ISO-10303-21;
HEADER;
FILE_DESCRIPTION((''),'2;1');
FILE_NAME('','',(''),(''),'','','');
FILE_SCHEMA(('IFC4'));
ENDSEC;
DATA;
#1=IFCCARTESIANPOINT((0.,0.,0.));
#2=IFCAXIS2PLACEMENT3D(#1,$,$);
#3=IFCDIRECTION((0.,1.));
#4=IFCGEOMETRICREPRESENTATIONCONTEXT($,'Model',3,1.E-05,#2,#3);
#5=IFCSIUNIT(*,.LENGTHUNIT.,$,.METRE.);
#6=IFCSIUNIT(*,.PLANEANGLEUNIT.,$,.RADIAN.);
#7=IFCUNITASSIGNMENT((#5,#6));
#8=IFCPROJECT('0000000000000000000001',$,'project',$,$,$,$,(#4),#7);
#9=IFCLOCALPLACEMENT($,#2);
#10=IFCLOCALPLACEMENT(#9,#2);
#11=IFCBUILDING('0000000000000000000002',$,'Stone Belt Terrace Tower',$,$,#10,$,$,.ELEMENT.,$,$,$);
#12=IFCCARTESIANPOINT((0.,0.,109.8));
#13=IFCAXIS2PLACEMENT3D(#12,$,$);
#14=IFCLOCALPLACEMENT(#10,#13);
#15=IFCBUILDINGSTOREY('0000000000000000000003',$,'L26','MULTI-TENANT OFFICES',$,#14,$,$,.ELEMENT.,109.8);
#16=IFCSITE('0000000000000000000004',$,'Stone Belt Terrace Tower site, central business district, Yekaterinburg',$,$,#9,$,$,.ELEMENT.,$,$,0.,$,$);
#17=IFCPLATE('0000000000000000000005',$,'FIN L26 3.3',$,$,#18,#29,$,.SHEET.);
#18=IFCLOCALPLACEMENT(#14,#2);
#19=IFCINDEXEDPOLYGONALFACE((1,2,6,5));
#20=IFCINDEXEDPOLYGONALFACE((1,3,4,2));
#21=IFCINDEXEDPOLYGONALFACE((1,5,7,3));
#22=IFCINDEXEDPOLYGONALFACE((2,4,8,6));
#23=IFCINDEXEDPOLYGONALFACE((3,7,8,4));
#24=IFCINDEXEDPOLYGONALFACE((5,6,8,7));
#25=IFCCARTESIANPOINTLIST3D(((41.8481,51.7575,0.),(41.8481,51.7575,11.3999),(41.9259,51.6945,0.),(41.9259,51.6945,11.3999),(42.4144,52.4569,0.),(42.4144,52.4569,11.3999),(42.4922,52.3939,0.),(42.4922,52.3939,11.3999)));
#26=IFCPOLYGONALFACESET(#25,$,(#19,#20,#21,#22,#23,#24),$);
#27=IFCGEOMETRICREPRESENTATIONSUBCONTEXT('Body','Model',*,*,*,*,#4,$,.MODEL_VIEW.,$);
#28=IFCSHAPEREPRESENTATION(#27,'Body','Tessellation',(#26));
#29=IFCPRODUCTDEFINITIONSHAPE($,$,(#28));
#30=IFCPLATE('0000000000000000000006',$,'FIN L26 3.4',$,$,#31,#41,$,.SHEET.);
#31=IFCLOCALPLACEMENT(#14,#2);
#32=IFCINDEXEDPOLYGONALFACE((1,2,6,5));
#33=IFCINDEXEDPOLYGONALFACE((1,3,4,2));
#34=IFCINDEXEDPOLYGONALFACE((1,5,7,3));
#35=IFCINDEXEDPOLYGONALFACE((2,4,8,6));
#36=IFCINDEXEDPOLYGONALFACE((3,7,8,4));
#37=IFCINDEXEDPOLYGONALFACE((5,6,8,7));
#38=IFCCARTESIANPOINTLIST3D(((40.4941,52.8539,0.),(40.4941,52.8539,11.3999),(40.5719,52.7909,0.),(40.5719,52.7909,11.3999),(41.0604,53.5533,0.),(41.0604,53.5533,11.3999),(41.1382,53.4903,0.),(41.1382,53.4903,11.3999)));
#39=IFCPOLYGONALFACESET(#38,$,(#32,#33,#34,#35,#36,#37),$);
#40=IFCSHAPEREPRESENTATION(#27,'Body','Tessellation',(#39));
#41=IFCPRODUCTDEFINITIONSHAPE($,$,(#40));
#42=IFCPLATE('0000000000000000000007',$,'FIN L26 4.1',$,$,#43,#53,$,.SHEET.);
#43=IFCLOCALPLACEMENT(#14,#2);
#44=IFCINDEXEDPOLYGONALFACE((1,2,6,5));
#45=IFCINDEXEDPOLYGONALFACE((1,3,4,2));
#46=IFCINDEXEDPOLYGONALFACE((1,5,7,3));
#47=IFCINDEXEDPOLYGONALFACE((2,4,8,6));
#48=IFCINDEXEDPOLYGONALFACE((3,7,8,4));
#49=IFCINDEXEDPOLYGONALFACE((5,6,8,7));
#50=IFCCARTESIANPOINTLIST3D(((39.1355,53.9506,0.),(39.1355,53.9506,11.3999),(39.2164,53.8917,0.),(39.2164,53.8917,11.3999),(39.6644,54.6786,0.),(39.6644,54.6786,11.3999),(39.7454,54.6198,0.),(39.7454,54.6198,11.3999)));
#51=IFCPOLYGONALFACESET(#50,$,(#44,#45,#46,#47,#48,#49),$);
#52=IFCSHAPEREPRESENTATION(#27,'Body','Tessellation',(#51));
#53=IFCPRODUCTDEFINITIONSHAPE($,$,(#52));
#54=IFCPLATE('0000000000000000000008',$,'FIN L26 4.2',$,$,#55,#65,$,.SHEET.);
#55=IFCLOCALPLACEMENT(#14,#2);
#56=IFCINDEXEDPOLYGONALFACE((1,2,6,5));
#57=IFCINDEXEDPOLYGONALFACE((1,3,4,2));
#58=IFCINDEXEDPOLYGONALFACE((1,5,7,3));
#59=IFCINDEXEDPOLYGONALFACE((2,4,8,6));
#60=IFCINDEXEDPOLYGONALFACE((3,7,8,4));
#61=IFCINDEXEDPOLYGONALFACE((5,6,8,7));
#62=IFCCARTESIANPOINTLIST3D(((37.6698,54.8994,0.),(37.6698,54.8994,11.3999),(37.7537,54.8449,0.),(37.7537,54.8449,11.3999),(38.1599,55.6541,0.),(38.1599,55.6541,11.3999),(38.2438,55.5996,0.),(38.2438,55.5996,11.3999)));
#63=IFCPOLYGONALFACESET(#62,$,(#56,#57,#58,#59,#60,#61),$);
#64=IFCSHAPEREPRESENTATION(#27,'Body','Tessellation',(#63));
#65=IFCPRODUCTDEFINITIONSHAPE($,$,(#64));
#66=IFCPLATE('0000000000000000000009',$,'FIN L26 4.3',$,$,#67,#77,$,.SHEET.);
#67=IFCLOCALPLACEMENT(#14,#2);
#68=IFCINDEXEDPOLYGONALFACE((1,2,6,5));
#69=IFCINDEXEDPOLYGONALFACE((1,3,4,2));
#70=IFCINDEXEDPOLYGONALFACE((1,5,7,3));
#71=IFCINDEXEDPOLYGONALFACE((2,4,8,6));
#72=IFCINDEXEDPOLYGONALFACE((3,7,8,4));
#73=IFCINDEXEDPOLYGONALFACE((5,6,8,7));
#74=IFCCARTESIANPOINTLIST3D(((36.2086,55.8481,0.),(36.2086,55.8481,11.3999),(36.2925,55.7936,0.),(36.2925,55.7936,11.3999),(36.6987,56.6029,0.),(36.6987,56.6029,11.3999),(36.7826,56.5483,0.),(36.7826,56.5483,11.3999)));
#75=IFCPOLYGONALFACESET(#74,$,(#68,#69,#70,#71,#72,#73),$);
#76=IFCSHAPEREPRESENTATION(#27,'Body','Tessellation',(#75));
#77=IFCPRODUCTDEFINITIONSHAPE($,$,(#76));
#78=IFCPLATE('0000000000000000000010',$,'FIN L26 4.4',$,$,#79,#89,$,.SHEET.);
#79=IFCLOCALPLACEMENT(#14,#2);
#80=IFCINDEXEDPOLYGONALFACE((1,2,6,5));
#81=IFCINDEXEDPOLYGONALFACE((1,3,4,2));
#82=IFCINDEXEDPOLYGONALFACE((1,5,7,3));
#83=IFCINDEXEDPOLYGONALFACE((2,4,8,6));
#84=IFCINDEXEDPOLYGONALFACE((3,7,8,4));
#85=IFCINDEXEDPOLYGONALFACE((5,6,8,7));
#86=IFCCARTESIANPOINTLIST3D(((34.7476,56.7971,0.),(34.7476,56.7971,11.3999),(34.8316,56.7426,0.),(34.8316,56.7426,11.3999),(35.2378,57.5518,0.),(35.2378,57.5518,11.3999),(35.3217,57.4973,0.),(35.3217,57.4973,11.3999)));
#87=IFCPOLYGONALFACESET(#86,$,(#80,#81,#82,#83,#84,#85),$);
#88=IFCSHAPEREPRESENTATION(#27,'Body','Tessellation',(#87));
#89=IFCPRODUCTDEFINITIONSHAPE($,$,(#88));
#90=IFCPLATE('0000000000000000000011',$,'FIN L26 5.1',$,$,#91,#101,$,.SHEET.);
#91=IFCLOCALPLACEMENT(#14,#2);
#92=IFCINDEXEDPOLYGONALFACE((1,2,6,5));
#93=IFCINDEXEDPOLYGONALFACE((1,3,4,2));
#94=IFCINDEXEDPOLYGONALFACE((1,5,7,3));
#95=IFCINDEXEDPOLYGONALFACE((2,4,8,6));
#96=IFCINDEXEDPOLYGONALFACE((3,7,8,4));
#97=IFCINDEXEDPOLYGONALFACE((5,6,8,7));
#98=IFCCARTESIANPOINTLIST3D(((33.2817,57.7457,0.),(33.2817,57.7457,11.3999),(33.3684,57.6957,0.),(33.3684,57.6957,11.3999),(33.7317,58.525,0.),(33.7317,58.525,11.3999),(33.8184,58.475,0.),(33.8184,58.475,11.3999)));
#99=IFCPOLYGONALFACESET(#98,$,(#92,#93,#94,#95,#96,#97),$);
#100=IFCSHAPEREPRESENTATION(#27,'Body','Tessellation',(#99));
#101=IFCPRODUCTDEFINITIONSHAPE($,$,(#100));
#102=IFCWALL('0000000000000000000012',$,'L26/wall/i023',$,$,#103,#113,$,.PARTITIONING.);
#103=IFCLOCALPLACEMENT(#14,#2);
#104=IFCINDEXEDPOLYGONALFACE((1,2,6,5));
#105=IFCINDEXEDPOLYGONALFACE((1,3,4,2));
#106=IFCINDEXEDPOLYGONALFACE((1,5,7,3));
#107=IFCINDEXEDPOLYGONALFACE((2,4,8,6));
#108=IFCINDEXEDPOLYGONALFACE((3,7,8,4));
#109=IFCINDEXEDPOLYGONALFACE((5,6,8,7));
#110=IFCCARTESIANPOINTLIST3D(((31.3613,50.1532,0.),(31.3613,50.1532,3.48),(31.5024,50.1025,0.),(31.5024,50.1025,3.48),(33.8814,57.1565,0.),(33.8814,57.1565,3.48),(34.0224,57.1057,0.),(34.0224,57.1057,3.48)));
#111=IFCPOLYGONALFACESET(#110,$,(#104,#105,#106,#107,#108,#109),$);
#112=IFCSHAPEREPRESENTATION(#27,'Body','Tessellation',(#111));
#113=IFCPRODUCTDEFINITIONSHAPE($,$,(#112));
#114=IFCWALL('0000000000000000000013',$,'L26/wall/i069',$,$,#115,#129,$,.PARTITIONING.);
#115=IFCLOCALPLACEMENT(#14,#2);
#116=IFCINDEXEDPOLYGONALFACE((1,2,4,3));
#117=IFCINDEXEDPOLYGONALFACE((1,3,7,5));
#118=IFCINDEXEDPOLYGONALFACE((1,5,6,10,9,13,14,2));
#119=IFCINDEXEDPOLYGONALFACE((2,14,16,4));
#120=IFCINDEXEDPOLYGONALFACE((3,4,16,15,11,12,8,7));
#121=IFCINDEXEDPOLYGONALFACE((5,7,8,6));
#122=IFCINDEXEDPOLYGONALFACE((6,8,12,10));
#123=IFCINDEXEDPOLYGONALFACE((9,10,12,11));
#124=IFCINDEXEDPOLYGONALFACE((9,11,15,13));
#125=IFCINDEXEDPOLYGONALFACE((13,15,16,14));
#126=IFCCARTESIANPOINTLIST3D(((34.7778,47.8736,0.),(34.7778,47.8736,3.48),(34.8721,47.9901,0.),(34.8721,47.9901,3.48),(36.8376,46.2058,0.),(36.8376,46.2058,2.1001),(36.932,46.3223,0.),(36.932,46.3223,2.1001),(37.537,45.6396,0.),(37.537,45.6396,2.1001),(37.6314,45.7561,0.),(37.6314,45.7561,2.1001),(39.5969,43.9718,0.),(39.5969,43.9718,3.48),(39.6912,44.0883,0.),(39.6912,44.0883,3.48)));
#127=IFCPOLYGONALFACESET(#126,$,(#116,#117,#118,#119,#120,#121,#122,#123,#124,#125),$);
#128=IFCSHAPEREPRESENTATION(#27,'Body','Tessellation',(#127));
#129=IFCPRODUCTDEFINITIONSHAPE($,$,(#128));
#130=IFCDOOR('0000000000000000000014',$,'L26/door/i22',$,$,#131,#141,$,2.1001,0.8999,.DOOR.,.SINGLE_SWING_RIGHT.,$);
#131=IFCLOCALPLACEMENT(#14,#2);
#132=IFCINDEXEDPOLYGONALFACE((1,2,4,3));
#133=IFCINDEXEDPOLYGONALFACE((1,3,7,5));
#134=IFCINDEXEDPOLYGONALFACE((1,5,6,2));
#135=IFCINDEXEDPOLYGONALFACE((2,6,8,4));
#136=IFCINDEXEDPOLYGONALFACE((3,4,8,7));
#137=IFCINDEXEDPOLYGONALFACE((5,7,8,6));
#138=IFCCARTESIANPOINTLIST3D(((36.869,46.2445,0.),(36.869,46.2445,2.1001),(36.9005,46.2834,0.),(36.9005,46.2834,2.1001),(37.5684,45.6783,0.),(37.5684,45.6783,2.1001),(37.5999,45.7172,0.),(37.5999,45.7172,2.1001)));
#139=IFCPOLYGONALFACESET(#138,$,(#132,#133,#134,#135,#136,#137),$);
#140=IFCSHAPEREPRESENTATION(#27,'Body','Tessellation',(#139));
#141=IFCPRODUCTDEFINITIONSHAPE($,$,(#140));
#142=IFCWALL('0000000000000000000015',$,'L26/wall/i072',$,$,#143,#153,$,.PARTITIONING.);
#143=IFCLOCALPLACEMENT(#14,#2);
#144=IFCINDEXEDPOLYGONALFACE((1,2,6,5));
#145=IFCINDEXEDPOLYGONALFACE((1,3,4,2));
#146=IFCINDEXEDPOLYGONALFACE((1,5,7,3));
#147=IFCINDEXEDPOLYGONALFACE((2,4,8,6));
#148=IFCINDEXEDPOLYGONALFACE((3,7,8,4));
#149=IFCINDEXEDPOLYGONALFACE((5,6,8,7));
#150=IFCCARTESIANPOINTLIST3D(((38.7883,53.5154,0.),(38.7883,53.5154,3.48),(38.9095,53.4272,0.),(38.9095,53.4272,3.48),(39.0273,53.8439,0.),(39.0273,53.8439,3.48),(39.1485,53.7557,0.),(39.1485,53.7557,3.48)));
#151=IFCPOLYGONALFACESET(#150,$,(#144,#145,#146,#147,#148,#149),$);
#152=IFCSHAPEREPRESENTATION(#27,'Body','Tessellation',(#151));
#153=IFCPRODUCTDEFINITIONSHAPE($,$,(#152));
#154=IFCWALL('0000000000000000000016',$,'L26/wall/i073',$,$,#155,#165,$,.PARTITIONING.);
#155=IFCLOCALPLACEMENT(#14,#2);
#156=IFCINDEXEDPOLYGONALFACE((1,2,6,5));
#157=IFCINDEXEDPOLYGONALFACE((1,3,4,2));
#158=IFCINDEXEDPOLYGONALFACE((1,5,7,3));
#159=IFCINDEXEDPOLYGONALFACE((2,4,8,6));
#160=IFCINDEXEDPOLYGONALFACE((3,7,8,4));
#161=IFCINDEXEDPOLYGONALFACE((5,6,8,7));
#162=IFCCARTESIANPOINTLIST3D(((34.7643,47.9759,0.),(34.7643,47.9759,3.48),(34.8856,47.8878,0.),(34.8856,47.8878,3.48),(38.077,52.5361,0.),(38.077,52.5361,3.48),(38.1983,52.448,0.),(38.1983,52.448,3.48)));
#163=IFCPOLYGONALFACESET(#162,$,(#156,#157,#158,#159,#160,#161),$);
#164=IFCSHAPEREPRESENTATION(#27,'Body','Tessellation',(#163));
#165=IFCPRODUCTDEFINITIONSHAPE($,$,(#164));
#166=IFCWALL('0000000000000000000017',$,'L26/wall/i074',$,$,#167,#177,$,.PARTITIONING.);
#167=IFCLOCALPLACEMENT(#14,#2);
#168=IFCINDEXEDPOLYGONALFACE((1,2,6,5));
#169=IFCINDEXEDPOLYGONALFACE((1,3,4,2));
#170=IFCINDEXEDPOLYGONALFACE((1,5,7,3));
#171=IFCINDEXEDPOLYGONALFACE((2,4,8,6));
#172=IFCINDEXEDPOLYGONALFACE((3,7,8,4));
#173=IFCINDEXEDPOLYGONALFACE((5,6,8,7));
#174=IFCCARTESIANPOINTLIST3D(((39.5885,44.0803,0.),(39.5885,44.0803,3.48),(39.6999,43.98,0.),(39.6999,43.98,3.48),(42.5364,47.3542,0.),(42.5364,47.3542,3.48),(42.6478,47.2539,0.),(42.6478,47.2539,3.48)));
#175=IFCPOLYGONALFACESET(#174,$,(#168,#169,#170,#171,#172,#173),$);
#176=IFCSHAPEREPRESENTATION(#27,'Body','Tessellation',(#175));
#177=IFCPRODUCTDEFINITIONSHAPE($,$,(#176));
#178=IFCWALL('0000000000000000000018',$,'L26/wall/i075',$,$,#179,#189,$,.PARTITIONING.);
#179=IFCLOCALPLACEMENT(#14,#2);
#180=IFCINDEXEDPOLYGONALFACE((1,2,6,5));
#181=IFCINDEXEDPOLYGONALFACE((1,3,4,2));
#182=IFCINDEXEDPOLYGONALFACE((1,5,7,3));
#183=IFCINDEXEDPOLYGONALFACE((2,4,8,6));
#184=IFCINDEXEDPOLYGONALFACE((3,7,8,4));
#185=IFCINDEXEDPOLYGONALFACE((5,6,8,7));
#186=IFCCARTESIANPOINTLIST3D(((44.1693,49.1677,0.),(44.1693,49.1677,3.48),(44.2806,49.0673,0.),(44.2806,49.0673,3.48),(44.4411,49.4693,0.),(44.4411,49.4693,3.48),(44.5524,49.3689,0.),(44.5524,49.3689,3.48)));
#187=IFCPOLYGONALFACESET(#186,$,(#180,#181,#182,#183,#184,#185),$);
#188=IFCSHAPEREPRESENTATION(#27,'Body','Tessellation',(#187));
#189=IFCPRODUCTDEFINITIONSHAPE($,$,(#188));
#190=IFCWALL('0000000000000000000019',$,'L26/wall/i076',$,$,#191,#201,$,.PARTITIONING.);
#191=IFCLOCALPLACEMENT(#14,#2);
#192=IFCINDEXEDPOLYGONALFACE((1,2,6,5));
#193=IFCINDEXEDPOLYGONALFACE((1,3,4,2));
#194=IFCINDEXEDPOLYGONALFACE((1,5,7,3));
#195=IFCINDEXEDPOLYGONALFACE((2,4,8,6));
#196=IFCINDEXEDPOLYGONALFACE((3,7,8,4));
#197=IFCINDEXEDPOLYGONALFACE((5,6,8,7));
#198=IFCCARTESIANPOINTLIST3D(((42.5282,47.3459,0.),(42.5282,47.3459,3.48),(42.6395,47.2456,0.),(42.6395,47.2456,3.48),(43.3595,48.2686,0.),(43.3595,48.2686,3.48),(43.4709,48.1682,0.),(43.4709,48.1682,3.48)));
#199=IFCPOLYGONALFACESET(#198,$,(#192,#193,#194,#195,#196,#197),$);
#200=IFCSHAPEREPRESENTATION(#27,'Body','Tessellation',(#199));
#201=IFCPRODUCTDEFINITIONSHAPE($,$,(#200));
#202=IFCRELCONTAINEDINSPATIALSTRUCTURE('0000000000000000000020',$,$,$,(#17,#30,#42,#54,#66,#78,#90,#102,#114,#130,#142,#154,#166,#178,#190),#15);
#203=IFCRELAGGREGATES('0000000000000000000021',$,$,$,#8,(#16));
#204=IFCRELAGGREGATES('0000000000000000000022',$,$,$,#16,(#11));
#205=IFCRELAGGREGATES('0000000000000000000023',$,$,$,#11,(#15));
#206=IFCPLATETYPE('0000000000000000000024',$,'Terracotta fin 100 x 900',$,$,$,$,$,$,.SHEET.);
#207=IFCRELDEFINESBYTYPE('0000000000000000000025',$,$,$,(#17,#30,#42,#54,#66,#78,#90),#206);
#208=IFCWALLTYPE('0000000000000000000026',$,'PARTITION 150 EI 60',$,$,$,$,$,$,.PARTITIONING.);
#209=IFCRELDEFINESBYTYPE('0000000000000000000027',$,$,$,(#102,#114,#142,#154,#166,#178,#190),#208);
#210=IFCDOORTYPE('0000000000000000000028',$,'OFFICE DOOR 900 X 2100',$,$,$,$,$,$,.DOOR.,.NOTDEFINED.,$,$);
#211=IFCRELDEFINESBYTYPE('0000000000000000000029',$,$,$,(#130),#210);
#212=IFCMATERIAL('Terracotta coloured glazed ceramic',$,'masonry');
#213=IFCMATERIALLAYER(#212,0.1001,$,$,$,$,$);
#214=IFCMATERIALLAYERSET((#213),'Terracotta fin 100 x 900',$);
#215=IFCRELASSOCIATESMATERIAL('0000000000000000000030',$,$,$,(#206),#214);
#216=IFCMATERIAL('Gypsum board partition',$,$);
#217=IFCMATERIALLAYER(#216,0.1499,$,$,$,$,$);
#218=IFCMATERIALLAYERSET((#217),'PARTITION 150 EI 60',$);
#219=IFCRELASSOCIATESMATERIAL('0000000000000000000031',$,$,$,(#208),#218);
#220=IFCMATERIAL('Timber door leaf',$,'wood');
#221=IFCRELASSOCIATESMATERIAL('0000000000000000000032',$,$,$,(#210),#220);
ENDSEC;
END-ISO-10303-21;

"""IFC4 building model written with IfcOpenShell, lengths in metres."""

from ifc_helpers import new_model, si_unit, direction, frame, frame_2d, origin, origin_2d, place, context, subcontext, project, spatial, rectangle, extrude, material, layer, layer_set, type_object, element, fill, save


model = new_model("IFC4")

# Units and contexts
model_context = context("Model", 3, precision=1e-05, world=origin(), true_north=direction((0.0, 1.0)))
body_context = subcontext(model_context, "Body", "Model", "MODEL_VIEW")
ifc_project = project(units=[si_unit("LENGTHUNIT", "METRE"), si_unit("PLANEANGLEUNIT", "RADIAN")], contexts=[model_context])

# Site, building, storey
site_placement = place(None, origin())
site = spatial("IfcSite", under=ifc_project, at=site_placement, Name="Stone Belt Terrace Tower site, central business district, Yekaterinburg", CompositionType="ELEMENT", RefElevation=0.0)
building_placement = place(site_placement, origin())
building = spatial("IfcBuilding", under=site, at=building_placement, Name="Stone Belt Terrace Tower", CompositionType="ELEMENT")
storey_placement = place(building_placement, frame((0.0, 0.0, 109.8)))
storey = spatial("IfcBuildingStorey", under=building, at=storey_placement, Name="L26", Description="MULTI-TENANT OFFICES", CompositionType="ELEMENT", Elevation=109.8)

# Plates
ifc_material_1 = material(Name="Terracotta coloured glazed ceramic", Category="masonry")
ifc_layer_1 = layer(ifc_material_1, 0.1001)
ifc_layer_set_1 = layer_set([ifc_layer_1], Name="Terracotta fin 100 x 900")
plate_type_1 = type_object("IfcPlateType", Name="Terracotta fin 100 x 900", PredefinedType="SHEET", material=ifc_layer_set_1)
for number, where, z_axis, x_axis, name in (
    (1, (42.1702, 52.0757, 0.0), (0.0, 0.0, 1.0), (0.62932, 0.777146, 0.0), "FIN L26 3.3"),
    (2, (40.8162, 53.1721, 0.0), (0.0, 0.0, 1.0), (0.62932, 0.777146, 0.0), "FIN L26 3.4"),
    (3, (39.4404, 54.2852, 0.0), (0.0, 0.0, 1.0), (0.587785, 0.809017, 0.0), "FIN L26 4.1"),
    (4, (37.9568, 55.2495, 0.0), (0.0, 0.0, 1.0), (0.544639, 0.838671, 0.0), "FIN L26 4.2"),
    (5, (36.4956, 56.1982, 0.0), (0.0, 0.0, 1.0), (0.544639, 0.838671, 0.0), "FIN L26 4.3"),
    (6, (35.0347, 57.1472, 0.0), (0.0, 0.0, 1.0), (0.544639, 0.838671, 0.0), "FIN L26 4.4"),
    (7, (33.55, 58.1104, 0.0), (0.0, 0.0, 1.0), (0.5, 0.866025, 0.0), "FIN L26 5.1"),
):
    element("IfcPlate", number, at=place(storey_placement, frame(where, z_axis=z_axis, x_axis=x_axis)), inside=storey, type_object=plate_type_1, Name=name, PredefinedType="SHEET", context=body_context, shape_type="SweptSolid", body=[
        extrude(rectangle(XDim=0.8999, YDim=0.1001, at=origin_2d()), origin(), (0.0, 0.0, 1.0), 11.3999),
    ])

# Wall
ifc_material_2 = material(Name="Gypsum board partition")
ifc_layer_2 = layer(ifc_material_2, 0.1499)
ifc_layer_set_2 = layer_set([ifc_layer_2], Name="PARTITION 150 EI 60")
wall_type = type_object("IfcWallType", Name="PARTITION 150 EI 60", PredefinedType="PARTITIONING", material=ifc_layer_set_2)
wall_1_placement = place(storey_placement, frame((33.9519, 57.1311, 0.0), z_axis=(0.0, 0.0, 1.0), x_axis=(-0.338586, -0.940935, 0.0)))
element("IfcWall", 8, at=wall_1_placement, inside=storey, type_object=wall_type, Name="L26/wall/i023", PredefinedType="PARTITIONING", context=body_context, shape_type="SweptSolid", body=[
    extrude(rectangle(XDim=7.4429, YDim=0.1499, at=frame_2d((3.7214, 0.0))), origin(), (0.0, 0.0, 1.0), 3.48),
])

# Wall, opening, door
wall_2_placement = place(storey_placement, frame((34.825, 47.9319, 0.0), z_axis=(0.0, 0.0, 1.0), x_axis=(0.777191, -0.629265, 0.0)))
wall_2 = element("IfcWall", 9, at=wall_2_placement, inside=storey, type_object=wall_type, Name="L26/wall/i069", PredefinedType="PARTITIONING", context=body_context, shape_type="SweptSolid", body=[
    extrude(rectangle(XDim=6.2007, YDim=0.1499, at=frame_2d((3.1003, 0.0))), origin(), (0.0, 0.0, 1.0), 3.48),
])
opening_placement = place(wall_2_placement, frame((2.6504, 0.0, 0.0)))
opening = element("IfcOpeningElement", 10, at=opening_placement, cuts=wall_2, PredefinedType="OPENING", context=body_context, shape_type="SweptSolid", body=[
    extrude(rectangle(XDim=0.8999, YDim=2.1001, at=frame_2d((0.45, 1.05))), frame((0.0, 0.085, 0.0), z_axis=(0.0, -1.0, 0.0), x_axis=(1.0, 0.0, 0.0)), (0.0, 0.0, 1.0), 0.1699),
])
ifc_material_3 = material(Name="Timber door leaf", Category="wood")
door_type = type_object("IfcDoorType", Name="OFFICE DOOR 900 X 2100", OperationType="NOTDEFINED", PredefinedType="DOOR", material=ifc_material_3)
door_placement = place(opening_placement, origin())
door = element("IfcDoor", 11, at=door_placement, inside=storey, type_object=door_type, Name="L26/door/i22", OperationType="SINGLE_SWING_RIGHT", OverallHeight=2.1001, OverallWidth=0.8999, PredefinedType="DOOR", context=body_context, shape_type="SweptSolid", body=[
    extrude(rectangle(XDim=0.8999, YDim=2.1001, at=frame_2d((0.45, 1.05))), frame((0.0, 0.0249, 0.0), z_axis=(0.0, -1.0, 0.0), x_axis=(1.0, 0.0, 0.0)), (0.0, 0.0, 1.0), 0.05),
])
fill(opening, door)

# Walls
wall_3_placement = place(storey_placement, frame((39.0879, 53.7998, 0.0), z_axis=(0.0, 0.0, 1.0), x_axis=(-0.588207, -0.80871, 0.0)))
element("IfcWall", 12, at=wall_3_placement, inside=storey, type_object=wall_type, Name="L26/wall/i072", PredefinedType="PARTITIONING", context=body_context, shape_type="SweptSolid", body=[
    extrude(rectangle(XDim=0.4062, YDim=0.1499, at=frame_2d((0.2031, 0.0))), origin(), (0.0, 0.0, 1.0), 3.48),
])
wall_4_placement = place(storey_placement, frame((38.1377, 52.4922, 0.0), z_axis=(0.0, 0.0, 1.0), x_axis=(-0.587726, -0.80906, 0.0)))
element("IfcWall", 13, at=wall_4_placement, inside=storey, type_object=wall_type, Name="L26/wall/i073", PredefinedType="PARTITIONING", context=body_context, shape_type="SweptSolid", body=[
    extrude(rectangle(XDim=5.6365, YDim=0.1499, at=frame_2d((2.8184, 0.0))), origin(), (0.0, 0.0, 1.0), 3.48),
])
wall_5_placement = place(storey_placement, frame((42.592, 47.304, 0.0), z_axis=(0.0, 0.0, 1.0), x_axis=(-0.669148, -0.743129, 0.0)))
element("IfcWall", 14, at=wall_5_placement, inside=storey, type_object=wall_type, Name="L26/wall/i074", PredefinedType="PARTITIONING", context=body_context, shape_type="SweptSolid", body=[
    extrude(rectangle(XDim=4.4055, YDim=0.1499, at=frame_2d((2.2026, 0.0))), origin(), (0.0, 0.0, 1.0), 3.48),
])
wall_6_placement = place(storey_placement, frame((44.4968, 49.4192, 0.0), z_axis=(0.0, 0.0, 1.0), x_axis=(-0.669463, -0.742845, 0.0)))
element("IfcWall", 15, at=wall_6_placement, inside=storey, type_object=wall_type, Name="L26/wall/i075", PredefinedType="PARTITIONING", context=body_context, shape_type="SweptSolid", body=[
    extrude(rectangle(XDim=0.406, YDim=0.1499, at=frame_2d((0.2031, 0.0))), origin(), (0.0, 0.0, 1.0), 3.48),
])
wall_7_placement = place(storey_placement, frame((43.4153, 48.2185, 0.0), z_axis=(0.0, 0.0, 1.0), x_axis=(-0.669388, -0.742913, 0.0)))
element("IfcWall", 16, at=wall_7_placement, inside=storey, type_object=wall_type, Name="L26/wall/i076", PredefinedType="PARTITIONING", context=body_context, shape_type="SweptSolid", body=[
    extrude(rectangle(XDim=1.2419, YDim=0.1499, at=frame_2d((0.6211, 0.0))), origin(), (0.0, 0.0, 1.0), 3.48),
])

save(model, "model.ifc")
